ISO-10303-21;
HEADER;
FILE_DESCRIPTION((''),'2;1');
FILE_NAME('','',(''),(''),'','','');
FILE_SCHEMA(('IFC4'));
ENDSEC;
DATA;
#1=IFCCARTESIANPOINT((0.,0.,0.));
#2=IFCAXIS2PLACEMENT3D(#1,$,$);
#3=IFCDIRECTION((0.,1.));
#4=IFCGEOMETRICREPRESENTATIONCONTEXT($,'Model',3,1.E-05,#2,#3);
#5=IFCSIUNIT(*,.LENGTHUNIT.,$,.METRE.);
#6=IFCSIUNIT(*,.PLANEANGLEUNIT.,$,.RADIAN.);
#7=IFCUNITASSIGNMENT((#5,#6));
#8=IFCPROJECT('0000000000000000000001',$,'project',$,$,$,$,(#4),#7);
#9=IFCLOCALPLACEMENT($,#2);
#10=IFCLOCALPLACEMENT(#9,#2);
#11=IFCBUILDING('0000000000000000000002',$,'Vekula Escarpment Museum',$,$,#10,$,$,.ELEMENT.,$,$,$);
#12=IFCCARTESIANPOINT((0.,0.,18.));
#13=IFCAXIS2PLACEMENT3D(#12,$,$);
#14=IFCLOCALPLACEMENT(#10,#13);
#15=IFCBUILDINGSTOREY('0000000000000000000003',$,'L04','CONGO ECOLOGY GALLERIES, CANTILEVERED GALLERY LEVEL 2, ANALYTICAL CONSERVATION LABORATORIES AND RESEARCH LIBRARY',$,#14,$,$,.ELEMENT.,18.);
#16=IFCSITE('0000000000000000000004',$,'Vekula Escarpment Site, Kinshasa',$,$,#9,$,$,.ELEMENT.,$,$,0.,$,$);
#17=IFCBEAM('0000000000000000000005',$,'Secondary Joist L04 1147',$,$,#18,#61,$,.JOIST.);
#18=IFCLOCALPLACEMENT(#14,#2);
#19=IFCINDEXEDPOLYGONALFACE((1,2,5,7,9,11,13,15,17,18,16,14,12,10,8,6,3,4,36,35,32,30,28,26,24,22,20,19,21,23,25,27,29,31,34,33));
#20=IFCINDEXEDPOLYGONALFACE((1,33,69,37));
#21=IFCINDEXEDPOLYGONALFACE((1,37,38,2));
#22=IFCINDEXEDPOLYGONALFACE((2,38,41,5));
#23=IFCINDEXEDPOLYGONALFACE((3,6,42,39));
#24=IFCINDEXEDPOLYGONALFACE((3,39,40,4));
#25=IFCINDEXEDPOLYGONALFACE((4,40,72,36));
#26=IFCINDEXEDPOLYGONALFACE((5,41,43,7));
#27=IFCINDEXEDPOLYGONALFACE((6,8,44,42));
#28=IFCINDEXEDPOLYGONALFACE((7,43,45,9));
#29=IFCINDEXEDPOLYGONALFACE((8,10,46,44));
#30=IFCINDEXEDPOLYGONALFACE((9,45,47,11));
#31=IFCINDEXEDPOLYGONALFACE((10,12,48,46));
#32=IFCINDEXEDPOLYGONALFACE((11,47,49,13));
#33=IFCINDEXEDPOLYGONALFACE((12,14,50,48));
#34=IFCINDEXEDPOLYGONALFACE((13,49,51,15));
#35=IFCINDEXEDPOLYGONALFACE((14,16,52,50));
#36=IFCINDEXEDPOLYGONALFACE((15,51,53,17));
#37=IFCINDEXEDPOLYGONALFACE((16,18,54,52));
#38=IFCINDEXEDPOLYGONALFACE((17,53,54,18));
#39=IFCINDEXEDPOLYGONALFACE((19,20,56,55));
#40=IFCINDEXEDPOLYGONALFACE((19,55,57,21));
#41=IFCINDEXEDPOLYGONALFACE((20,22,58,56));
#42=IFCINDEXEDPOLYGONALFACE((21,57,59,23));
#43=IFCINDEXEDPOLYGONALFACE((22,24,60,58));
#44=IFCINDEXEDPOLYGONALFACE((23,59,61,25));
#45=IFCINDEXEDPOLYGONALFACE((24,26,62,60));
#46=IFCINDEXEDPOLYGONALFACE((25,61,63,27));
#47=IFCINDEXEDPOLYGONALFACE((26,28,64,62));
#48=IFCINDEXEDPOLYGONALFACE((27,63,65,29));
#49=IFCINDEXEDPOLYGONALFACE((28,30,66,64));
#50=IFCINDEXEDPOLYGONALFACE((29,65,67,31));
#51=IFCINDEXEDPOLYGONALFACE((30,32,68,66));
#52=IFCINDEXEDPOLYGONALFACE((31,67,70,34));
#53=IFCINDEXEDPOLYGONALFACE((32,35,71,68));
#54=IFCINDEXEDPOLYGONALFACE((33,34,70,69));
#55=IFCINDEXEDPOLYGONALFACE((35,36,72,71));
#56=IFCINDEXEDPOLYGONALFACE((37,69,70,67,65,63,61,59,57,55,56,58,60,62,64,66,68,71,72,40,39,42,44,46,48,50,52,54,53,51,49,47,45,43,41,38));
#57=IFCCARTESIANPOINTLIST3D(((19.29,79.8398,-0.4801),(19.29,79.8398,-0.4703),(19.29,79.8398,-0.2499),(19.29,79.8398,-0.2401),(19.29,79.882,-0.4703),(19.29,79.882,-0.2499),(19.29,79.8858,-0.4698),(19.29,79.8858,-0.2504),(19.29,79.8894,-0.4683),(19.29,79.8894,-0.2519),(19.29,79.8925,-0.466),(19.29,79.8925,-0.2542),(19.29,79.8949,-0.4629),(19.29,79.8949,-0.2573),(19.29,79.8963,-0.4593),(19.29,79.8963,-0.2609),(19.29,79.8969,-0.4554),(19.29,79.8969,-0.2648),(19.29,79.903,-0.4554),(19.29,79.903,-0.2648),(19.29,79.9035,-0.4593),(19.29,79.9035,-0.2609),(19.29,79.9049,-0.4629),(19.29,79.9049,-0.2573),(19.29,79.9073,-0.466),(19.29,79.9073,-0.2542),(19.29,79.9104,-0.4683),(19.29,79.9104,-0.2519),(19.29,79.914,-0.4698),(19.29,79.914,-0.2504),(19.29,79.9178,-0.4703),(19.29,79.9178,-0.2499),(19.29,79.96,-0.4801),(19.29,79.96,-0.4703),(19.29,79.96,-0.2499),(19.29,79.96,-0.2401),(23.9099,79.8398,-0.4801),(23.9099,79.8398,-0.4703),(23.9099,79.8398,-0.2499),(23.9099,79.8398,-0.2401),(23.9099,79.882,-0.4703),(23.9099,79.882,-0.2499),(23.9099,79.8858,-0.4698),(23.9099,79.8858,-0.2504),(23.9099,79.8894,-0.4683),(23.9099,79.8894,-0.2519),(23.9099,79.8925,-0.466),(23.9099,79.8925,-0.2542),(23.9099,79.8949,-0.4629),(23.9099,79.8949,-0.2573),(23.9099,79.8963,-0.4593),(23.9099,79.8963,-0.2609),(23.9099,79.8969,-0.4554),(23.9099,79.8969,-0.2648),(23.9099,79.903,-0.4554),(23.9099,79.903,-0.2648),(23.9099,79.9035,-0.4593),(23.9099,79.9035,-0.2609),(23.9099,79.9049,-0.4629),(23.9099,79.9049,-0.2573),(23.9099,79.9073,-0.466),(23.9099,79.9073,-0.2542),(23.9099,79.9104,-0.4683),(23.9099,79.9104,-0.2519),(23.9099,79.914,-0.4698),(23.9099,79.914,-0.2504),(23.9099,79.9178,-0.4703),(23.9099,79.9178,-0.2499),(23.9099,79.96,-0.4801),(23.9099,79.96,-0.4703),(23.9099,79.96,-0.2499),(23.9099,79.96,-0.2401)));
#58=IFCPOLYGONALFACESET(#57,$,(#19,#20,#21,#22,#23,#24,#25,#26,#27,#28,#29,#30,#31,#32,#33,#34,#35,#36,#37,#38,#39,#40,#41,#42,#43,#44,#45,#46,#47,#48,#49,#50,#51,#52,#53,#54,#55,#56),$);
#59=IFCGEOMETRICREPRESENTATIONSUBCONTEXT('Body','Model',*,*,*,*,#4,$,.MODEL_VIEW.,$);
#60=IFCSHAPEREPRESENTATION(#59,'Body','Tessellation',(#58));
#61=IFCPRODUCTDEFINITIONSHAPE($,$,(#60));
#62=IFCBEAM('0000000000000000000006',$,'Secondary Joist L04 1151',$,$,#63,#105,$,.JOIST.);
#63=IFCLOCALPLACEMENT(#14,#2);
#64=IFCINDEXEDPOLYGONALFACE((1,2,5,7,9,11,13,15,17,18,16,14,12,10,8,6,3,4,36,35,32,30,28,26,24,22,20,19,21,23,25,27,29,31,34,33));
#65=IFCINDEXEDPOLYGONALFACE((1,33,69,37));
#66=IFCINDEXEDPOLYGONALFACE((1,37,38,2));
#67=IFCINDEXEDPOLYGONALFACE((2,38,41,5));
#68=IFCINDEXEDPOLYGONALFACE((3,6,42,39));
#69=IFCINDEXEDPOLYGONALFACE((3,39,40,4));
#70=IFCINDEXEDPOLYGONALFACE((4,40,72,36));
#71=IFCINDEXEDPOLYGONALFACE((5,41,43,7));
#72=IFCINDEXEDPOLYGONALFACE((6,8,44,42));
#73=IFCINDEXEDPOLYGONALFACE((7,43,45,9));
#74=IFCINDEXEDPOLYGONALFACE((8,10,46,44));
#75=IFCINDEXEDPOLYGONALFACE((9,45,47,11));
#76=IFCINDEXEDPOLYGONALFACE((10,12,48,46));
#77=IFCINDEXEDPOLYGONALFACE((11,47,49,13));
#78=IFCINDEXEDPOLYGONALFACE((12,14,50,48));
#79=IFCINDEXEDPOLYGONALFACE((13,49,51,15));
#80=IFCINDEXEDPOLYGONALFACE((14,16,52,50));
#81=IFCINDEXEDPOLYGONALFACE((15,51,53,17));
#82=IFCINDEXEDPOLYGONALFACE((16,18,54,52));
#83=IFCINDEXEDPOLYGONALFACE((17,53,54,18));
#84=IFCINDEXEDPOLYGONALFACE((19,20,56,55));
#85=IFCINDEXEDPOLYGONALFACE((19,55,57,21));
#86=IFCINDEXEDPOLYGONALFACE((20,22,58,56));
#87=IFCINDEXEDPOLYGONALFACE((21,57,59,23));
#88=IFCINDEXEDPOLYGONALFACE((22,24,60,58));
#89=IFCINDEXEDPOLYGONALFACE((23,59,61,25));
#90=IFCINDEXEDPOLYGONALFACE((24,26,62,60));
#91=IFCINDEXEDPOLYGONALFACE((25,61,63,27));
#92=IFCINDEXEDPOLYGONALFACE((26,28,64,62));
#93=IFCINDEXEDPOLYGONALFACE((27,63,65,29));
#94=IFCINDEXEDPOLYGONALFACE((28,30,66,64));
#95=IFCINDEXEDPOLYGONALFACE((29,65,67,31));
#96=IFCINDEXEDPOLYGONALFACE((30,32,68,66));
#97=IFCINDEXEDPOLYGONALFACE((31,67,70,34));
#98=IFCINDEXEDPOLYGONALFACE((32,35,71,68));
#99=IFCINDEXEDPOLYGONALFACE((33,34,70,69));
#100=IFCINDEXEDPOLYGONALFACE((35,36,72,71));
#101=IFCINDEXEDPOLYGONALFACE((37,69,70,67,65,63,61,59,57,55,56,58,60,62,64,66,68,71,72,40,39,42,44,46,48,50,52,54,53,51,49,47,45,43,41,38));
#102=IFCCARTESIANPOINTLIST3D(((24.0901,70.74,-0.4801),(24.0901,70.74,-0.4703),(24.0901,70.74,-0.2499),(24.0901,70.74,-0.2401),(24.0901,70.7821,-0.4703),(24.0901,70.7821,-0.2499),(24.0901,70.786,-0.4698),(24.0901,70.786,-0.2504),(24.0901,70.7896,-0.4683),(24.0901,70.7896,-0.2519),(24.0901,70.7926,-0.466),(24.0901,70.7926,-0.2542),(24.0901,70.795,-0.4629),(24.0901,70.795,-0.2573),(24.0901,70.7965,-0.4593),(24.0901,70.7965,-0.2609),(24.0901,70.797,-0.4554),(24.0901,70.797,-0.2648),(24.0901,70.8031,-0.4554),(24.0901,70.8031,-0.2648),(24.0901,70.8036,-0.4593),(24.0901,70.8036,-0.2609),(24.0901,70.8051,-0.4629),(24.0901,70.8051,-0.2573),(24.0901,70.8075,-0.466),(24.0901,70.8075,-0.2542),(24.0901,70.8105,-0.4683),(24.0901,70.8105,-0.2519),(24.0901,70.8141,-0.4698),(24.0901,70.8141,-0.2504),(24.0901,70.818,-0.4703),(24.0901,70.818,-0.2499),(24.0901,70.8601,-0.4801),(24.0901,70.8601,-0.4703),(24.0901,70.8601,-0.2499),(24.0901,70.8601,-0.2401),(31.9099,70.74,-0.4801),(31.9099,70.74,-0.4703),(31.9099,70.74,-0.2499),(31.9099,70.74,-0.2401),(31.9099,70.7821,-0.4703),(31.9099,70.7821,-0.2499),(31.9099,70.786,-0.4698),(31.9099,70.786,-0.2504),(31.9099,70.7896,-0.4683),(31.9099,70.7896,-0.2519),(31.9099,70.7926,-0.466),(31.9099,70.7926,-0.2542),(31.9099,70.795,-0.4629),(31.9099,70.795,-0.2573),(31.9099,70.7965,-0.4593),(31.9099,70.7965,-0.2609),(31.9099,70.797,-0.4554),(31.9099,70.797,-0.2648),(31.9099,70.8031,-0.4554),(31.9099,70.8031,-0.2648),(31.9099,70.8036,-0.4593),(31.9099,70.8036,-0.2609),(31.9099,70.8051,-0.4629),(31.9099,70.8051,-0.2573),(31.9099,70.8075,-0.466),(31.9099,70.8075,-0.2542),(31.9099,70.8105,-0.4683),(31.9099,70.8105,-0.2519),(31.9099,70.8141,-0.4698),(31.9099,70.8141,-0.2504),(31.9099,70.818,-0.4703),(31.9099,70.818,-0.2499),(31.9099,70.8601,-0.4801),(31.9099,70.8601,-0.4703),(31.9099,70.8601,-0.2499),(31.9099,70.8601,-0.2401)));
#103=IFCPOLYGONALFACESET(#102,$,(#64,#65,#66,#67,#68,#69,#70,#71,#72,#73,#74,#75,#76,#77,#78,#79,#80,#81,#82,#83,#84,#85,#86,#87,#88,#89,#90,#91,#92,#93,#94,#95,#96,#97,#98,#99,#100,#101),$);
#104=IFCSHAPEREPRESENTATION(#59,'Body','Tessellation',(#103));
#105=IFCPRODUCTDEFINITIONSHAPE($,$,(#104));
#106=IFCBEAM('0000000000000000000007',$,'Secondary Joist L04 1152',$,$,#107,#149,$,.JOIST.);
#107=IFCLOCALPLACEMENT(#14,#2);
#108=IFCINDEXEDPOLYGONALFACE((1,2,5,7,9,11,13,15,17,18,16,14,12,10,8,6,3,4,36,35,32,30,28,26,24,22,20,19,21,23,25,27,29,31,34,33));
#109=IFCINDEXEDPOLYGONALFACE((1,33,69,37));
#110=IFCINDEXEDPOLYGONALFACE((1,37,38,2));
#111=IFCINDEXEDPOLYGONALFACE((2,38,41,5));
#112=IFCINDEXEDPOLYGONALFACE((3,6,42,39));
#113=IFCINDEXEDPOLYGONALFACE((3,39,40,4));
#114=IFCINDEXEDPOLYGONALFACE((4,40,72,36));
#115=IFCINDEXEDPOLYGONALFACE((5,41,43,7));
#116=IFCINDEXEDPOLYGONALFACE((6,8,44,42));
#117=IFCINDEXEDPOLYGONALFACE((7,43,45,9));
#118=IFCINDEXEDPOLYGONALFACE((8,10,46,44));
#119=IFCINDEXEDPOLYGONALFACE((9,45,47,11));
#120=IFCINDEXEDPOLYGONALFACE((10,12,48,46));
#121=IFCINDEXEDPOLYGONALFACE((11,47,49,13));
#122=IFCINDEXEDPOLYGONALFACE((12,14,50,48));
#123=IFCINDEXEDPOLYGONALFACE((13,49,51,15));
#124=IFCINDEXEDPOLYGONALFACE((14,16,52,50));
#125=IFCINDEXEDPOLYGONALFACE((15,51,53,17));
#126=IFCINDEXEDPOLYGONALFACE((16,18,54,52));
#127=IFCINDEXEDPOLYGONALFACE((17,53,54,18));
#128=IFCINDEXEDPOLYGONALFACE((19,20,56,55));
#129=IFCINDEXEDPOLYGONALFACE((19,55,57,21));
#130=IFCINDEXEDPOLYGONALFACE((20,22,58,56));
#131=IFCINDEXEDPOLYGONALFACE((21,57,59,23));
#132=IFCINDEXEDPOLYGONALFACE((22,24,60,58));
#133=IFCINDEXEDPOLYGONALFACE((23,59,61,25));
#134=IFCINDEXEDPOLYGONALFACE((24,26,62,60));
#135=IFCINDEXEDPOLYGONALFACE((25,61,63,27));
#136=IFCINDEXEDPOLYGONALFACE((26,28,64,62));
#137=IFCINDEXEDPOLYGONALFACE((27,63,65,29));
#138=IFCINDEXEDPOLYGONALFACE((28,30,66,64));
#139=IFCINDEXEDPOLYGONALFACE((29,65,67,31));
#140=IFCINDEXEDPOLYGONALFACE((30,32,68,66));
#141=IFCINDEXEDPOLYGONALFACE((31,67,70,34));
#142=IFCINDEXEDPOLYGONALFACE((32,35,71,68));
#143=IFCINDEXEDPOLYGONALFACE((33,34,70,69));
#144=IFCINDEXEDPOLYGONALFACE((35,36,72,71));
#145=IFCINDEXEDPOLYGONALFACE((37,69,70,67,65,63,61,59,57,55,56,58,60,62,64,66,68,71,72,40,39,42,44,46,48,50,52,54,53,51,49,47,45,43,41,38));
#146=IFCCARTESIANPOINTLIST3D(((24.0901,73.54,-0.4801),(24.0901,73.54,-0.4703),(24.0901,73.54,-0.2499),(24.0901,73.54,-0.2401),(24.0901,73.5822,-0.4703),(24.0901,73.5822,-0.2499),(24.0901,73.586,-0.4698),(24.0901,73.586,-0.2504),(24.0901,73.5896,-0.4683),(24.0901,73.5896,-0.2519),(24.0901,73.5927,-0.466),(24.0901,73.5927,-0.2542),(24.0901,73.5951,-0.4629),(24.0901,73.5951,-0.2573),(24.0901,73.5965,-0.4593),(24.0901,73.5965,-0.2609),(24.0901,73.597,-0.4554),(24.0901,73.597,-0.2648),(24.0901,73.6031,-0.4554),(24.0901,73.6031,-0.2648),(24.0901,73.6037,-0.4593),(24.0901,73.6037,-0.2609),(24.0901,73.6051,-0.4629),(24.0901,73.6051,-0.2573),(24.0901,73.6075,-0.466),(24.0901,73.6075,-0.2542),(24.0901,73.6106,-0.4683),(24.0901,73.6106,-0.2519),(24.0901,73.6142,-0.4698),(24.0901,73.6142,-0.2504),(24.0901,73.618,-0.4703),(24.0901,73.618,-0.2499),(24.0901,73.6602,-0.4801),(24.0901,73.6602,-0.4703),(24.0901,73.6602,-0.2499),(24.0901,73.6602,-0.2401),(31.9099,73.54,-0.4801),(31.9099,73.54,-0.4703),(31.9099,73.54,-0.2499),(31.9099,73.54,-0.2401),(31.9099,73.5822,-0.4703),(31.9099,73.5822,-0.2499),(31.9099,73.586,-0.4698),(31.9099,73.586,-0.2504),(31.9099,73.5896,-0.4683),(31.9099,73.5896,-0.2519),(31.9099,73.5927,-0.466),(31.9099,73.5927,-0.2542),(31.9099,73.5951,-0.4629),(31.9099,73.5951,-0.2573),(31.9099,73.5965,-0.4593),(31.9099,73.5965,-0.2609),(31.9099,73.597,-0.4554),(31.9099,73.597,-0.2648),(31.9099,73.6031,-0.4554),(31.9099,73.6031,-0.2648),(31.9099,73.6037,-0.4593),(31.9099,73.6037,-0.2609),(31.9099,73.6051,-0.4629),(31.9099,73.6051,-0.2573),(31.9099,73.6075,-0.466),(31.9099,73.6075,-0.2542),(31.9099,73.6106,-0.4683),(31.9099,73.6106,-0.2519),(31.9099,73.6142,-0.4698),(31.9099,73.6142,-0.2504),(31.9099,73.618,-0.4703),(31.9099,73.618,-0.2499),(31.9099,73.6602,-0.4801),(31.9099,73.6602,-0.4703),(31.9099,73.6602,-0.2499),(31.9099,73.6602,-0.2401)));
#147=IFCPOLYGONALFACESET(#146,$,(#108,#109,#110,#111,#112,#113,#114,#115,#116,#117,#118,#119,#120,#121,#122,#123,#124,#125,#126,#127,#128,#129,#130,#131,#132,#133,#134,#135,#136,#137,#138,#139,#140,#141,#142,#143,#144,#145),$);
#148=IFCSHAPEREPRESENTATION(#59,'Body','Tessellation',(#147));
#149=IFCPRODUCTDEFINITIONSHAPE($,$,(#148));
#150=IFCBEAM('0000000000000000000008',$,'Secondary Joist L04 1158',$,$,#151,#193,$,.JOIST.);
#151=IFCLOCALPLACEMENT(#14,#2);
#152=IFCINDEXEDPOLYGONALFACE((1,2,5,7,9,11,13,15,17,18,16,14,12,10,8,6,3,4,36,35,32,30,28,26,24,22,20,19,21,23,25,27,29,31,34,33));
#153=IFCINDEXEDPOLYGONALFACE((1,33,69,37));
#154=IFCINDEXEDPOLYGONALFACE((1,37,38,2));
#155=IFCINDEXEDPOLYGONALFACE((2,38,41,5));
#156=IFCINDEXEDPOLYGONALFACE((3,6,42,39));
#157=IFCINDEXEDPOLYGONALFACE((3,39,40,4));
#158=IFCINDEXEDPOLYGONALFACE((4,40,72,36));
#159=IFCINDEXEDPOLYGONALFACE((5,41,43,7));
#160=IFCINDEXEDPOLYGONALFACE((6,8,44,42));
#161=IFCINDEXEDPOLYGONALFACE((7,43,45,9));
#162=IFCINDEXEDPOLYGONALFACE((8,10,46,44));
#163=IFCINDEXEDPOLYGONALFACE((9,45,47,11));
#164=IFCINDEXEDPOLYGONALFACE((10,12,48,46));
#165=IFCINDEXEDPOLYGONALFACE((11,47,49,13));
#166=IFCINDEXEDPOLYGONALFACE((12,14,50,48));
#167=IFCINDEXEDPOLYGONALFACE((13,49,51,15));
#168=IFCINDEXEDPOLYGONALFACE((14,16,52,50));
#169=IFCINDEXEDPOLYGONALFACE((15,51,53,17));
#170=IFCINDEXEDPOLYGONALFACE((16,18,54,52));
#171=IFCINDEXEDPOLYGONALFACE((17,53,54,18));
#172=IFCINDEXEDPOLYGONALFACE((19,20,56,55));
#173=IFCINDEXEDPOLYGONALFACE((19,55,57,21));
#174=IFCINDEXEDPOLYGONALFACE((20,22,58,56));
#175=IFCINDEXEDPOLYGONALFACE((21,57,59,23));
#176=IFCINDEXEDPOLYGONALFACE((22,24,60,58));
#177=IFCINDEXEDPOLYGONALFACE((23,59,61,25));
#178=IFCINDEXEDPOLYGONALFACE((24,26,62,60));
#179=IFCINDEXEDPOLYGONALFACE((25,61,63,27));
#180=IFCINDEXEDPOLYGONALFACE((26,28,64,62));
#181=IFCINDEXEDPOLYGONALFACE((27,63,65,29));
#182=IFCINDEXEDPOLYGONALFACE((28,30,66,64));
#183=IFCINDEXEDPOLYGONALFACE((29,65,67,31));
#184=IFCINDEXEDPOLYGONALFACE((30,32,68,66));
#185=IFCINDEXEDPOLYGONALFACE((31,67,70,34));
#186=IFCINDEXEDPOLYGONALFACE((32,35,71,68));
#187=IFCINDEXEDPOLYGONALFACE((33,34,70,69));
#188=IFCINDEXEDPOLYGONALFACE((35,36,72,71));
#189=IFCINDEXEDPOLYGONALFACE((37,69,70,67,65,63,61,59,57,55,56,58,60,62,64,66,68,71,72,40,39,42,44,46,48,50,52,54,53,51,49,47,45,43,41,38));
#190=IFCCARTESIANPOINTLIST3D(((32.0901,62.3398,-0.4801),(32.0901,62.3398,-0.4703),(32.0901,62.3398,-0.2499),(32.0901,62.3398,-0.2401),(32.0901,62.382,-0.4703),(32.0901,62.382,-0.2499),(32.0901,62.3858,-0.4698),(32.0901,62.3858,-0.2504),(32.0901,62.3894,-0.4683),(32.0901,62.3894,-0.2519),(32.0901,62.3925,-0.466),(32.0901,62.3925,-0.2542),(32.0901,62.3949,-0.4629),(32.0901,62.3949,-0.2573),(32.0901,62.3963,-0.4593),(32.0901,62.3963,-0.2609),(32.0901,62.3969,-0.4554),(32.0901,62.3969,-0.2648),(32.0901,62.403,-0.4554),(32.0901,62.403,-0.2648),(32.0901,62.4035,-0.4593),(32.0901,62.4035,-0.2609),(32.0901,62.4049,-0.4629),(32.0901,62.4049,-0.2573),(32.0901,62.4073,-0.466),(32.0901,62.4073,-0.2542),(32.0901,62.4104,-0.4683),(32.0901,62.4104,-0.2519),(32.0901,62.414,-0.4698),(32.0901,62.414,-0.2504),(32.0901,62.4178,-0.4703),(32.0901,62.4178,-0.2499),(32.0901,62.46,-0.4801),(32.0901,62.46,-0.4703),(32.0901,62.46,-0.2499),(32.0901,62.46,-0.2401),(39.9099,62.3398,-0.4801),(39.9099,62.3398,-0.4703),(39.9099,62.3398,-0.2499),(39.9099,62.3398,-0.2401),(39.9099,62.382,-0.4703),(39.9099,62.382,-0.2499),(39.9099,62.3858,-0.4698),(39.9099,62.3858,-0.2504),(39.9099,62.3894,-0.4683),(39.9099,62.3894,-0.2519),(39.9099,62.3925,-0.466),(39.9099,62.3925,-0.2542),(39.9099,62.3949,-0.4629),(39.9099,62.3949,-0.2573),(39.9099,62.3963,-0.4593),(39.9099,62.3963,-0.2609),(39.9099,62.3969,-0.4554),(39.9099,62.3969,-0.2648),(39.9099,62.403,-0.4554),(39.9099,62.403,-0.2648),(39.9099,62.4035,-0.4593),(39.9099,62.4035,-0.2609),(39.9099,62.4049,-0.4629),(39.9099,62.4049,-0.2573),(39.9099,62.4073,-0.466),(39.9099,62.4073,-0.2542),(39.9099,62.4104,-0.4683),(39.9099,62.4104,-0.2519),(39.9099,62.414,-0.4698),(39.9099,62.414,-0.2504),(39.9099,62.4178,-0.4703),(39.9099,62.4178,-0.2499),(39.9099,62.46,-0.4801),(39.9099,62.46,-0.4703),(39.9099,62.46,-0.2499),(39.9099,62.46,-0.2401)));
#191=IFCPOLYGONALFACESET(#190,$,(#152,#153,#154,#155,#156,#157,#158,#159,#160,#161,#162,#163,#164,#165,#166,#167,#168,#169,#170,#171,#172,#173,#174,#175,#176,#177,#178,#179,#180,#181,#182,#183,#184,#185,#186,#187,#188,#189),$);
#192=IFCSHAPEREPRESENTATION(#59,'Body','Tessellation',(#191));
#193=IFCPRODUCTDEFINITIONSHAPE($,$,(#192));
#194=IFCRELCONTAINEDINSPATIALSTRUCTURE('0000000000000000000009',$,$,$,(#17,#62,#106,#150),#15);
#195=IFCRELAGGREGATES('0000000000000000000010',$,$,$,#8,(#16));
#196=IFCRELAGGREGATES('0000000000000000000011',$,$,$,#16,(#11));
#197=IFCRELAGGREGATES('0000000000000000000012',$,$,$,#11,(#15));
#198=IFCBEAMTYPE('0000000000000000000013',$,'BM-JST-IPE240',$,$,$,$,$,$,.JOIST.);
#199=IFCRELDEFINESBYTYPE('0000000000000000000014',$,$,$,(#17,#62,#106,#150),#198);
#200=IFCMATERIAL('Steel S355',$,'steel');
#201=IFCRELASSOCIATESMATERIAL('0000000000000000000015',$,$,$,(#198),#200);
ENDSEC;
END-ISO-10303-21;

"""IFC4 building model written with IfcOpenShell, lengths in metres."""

from ifc_helpers import new_model, si_unit, direction, frame, origin, origin_2d, place, context, subcontext, project, spatial, i_section, extrude, material, material_profile, profile_set, type_object, element, save


model = new_model("IFC4")

# Units and contexts
model_context = context("Model", 3, precision=1e-05, world=origin(), true_north=direction((0.0, 1.0)))
body_context = subcontext(model_context, "Body", "Model", "MODEL_VIEW")
ifc_project = project(units=[si_unit("LENGTHUNIT", "METRE"), si_unit("PLANEANGLEUNIT", "RADIAN")], contexts=[model_context])

# Site, building, storey
site_placement = place(None, origin())
site = spatial("IfcSite", under=ifc_project, at=site_placement, Name="Vekula Escarpment Site, Kinshasa", CompositionType="ELEMENT", RefElevation=0.0)
building_placement = place(site_placement, origin())
building = spatial("IfcBuilding", under=site, at=building_placement, Name="Vekula Escarpment Museum", CompositionType="ELEMENT")
storey_placement = place(building_placement, frame((0.0, 0.0, 18.0)))
storey = spatial("IfcBuildingStorey", under=building, at=storey_placement, Name="L04", Description="CONGO ECOLOGY GALLERIES, CANTILEVERED GALLERY LEVEL 2, ANALYTICAL CONSERVATION LABORATORIES AND RESEARCH LIBRARY", CompositionType="ELEMENT", Elevation=18.0)

# Beams
ifc_material_1 = material(Name="Steel S355", Category="steel")
ifc_material_profile_1 = material_profile(ifc_material_1, i_section(OverallWidth=0.1201, OverallDepth=0.24, WebThickness=0.0061, FlangeThickness=0.0098, FilletRadius=0.0149, at=origin_2d()), Name="IPE 240")
ifc_profile_set_1 = profile_set([ifc_material_profile_1], Name="Steel S355")
beam_type_1 = type_object("IfcBeamType", Name="BM-JST-IPE240", PredefinedType="JOIST", material=ifc_profile_set_1)
beam_1_placement = place(storey_placement, frame((19.29, 79.8999, -0.3601), z_axis=(1.0, 0.0, 0.0), x_axis=(0.0, 1.0, 0.0)))
element("IfcBeam", 1, at=beam_1_placement, inside=storey, type_object=beam_type_1, Name="Secondary Joist L04 1147", PredefinedType="JOIST", context=body_context, shape_type="SweptSolid", body=[
    extrude(i_section(OverallWidth=0.1201, OverallDepth=0.24, WebThickness=0.0061, FlangeThickness=0.0098, FilletRadius=0.0149, at=origin_2d()), origin(), (0.0, 0.0, 1.0), 4.6199),
])
for number, where, z_axis, x_axis, name in (
    (2, (24.0901, 70.8, -0.3601), (1.0, 0.0, 0.0), (0.0, 1.0, 0.0), "Secondary Joist L04 1151"),
    (3, (24.0901, 73.6001, -0.3601), (1.0, 0.0, 0.0), (0.0, 1.0, 0.0), "Secondary Joist L04 1152"),
    (4, (32.0901, 62.3999, -0.3601), (1.0, 0.0, 0.0), (0.0, 1.0, 0.0), "Secondary Joist L04 1158"),
):
    element("IfcBeam", number, at=place(storey_placement, frame(where, z_axis=z_axis, x_axis=x_axis)), inside=storey, type_object=beam_type_1, Name=name, PredefinedType="JOIST", context=body_context, shape_type="SweptSolid", body=[
        extrude(i_section(OverallWidth=0.1201, OverallDepth=0.24, WebThickness=0.0061, FlangeThickness=0.0098, FilletRadius=0.0149, at=origin_2d()), origin(), (0.0, 0.0, 1.0), 7.8198),
    ])

save(model, "model.ifc")
